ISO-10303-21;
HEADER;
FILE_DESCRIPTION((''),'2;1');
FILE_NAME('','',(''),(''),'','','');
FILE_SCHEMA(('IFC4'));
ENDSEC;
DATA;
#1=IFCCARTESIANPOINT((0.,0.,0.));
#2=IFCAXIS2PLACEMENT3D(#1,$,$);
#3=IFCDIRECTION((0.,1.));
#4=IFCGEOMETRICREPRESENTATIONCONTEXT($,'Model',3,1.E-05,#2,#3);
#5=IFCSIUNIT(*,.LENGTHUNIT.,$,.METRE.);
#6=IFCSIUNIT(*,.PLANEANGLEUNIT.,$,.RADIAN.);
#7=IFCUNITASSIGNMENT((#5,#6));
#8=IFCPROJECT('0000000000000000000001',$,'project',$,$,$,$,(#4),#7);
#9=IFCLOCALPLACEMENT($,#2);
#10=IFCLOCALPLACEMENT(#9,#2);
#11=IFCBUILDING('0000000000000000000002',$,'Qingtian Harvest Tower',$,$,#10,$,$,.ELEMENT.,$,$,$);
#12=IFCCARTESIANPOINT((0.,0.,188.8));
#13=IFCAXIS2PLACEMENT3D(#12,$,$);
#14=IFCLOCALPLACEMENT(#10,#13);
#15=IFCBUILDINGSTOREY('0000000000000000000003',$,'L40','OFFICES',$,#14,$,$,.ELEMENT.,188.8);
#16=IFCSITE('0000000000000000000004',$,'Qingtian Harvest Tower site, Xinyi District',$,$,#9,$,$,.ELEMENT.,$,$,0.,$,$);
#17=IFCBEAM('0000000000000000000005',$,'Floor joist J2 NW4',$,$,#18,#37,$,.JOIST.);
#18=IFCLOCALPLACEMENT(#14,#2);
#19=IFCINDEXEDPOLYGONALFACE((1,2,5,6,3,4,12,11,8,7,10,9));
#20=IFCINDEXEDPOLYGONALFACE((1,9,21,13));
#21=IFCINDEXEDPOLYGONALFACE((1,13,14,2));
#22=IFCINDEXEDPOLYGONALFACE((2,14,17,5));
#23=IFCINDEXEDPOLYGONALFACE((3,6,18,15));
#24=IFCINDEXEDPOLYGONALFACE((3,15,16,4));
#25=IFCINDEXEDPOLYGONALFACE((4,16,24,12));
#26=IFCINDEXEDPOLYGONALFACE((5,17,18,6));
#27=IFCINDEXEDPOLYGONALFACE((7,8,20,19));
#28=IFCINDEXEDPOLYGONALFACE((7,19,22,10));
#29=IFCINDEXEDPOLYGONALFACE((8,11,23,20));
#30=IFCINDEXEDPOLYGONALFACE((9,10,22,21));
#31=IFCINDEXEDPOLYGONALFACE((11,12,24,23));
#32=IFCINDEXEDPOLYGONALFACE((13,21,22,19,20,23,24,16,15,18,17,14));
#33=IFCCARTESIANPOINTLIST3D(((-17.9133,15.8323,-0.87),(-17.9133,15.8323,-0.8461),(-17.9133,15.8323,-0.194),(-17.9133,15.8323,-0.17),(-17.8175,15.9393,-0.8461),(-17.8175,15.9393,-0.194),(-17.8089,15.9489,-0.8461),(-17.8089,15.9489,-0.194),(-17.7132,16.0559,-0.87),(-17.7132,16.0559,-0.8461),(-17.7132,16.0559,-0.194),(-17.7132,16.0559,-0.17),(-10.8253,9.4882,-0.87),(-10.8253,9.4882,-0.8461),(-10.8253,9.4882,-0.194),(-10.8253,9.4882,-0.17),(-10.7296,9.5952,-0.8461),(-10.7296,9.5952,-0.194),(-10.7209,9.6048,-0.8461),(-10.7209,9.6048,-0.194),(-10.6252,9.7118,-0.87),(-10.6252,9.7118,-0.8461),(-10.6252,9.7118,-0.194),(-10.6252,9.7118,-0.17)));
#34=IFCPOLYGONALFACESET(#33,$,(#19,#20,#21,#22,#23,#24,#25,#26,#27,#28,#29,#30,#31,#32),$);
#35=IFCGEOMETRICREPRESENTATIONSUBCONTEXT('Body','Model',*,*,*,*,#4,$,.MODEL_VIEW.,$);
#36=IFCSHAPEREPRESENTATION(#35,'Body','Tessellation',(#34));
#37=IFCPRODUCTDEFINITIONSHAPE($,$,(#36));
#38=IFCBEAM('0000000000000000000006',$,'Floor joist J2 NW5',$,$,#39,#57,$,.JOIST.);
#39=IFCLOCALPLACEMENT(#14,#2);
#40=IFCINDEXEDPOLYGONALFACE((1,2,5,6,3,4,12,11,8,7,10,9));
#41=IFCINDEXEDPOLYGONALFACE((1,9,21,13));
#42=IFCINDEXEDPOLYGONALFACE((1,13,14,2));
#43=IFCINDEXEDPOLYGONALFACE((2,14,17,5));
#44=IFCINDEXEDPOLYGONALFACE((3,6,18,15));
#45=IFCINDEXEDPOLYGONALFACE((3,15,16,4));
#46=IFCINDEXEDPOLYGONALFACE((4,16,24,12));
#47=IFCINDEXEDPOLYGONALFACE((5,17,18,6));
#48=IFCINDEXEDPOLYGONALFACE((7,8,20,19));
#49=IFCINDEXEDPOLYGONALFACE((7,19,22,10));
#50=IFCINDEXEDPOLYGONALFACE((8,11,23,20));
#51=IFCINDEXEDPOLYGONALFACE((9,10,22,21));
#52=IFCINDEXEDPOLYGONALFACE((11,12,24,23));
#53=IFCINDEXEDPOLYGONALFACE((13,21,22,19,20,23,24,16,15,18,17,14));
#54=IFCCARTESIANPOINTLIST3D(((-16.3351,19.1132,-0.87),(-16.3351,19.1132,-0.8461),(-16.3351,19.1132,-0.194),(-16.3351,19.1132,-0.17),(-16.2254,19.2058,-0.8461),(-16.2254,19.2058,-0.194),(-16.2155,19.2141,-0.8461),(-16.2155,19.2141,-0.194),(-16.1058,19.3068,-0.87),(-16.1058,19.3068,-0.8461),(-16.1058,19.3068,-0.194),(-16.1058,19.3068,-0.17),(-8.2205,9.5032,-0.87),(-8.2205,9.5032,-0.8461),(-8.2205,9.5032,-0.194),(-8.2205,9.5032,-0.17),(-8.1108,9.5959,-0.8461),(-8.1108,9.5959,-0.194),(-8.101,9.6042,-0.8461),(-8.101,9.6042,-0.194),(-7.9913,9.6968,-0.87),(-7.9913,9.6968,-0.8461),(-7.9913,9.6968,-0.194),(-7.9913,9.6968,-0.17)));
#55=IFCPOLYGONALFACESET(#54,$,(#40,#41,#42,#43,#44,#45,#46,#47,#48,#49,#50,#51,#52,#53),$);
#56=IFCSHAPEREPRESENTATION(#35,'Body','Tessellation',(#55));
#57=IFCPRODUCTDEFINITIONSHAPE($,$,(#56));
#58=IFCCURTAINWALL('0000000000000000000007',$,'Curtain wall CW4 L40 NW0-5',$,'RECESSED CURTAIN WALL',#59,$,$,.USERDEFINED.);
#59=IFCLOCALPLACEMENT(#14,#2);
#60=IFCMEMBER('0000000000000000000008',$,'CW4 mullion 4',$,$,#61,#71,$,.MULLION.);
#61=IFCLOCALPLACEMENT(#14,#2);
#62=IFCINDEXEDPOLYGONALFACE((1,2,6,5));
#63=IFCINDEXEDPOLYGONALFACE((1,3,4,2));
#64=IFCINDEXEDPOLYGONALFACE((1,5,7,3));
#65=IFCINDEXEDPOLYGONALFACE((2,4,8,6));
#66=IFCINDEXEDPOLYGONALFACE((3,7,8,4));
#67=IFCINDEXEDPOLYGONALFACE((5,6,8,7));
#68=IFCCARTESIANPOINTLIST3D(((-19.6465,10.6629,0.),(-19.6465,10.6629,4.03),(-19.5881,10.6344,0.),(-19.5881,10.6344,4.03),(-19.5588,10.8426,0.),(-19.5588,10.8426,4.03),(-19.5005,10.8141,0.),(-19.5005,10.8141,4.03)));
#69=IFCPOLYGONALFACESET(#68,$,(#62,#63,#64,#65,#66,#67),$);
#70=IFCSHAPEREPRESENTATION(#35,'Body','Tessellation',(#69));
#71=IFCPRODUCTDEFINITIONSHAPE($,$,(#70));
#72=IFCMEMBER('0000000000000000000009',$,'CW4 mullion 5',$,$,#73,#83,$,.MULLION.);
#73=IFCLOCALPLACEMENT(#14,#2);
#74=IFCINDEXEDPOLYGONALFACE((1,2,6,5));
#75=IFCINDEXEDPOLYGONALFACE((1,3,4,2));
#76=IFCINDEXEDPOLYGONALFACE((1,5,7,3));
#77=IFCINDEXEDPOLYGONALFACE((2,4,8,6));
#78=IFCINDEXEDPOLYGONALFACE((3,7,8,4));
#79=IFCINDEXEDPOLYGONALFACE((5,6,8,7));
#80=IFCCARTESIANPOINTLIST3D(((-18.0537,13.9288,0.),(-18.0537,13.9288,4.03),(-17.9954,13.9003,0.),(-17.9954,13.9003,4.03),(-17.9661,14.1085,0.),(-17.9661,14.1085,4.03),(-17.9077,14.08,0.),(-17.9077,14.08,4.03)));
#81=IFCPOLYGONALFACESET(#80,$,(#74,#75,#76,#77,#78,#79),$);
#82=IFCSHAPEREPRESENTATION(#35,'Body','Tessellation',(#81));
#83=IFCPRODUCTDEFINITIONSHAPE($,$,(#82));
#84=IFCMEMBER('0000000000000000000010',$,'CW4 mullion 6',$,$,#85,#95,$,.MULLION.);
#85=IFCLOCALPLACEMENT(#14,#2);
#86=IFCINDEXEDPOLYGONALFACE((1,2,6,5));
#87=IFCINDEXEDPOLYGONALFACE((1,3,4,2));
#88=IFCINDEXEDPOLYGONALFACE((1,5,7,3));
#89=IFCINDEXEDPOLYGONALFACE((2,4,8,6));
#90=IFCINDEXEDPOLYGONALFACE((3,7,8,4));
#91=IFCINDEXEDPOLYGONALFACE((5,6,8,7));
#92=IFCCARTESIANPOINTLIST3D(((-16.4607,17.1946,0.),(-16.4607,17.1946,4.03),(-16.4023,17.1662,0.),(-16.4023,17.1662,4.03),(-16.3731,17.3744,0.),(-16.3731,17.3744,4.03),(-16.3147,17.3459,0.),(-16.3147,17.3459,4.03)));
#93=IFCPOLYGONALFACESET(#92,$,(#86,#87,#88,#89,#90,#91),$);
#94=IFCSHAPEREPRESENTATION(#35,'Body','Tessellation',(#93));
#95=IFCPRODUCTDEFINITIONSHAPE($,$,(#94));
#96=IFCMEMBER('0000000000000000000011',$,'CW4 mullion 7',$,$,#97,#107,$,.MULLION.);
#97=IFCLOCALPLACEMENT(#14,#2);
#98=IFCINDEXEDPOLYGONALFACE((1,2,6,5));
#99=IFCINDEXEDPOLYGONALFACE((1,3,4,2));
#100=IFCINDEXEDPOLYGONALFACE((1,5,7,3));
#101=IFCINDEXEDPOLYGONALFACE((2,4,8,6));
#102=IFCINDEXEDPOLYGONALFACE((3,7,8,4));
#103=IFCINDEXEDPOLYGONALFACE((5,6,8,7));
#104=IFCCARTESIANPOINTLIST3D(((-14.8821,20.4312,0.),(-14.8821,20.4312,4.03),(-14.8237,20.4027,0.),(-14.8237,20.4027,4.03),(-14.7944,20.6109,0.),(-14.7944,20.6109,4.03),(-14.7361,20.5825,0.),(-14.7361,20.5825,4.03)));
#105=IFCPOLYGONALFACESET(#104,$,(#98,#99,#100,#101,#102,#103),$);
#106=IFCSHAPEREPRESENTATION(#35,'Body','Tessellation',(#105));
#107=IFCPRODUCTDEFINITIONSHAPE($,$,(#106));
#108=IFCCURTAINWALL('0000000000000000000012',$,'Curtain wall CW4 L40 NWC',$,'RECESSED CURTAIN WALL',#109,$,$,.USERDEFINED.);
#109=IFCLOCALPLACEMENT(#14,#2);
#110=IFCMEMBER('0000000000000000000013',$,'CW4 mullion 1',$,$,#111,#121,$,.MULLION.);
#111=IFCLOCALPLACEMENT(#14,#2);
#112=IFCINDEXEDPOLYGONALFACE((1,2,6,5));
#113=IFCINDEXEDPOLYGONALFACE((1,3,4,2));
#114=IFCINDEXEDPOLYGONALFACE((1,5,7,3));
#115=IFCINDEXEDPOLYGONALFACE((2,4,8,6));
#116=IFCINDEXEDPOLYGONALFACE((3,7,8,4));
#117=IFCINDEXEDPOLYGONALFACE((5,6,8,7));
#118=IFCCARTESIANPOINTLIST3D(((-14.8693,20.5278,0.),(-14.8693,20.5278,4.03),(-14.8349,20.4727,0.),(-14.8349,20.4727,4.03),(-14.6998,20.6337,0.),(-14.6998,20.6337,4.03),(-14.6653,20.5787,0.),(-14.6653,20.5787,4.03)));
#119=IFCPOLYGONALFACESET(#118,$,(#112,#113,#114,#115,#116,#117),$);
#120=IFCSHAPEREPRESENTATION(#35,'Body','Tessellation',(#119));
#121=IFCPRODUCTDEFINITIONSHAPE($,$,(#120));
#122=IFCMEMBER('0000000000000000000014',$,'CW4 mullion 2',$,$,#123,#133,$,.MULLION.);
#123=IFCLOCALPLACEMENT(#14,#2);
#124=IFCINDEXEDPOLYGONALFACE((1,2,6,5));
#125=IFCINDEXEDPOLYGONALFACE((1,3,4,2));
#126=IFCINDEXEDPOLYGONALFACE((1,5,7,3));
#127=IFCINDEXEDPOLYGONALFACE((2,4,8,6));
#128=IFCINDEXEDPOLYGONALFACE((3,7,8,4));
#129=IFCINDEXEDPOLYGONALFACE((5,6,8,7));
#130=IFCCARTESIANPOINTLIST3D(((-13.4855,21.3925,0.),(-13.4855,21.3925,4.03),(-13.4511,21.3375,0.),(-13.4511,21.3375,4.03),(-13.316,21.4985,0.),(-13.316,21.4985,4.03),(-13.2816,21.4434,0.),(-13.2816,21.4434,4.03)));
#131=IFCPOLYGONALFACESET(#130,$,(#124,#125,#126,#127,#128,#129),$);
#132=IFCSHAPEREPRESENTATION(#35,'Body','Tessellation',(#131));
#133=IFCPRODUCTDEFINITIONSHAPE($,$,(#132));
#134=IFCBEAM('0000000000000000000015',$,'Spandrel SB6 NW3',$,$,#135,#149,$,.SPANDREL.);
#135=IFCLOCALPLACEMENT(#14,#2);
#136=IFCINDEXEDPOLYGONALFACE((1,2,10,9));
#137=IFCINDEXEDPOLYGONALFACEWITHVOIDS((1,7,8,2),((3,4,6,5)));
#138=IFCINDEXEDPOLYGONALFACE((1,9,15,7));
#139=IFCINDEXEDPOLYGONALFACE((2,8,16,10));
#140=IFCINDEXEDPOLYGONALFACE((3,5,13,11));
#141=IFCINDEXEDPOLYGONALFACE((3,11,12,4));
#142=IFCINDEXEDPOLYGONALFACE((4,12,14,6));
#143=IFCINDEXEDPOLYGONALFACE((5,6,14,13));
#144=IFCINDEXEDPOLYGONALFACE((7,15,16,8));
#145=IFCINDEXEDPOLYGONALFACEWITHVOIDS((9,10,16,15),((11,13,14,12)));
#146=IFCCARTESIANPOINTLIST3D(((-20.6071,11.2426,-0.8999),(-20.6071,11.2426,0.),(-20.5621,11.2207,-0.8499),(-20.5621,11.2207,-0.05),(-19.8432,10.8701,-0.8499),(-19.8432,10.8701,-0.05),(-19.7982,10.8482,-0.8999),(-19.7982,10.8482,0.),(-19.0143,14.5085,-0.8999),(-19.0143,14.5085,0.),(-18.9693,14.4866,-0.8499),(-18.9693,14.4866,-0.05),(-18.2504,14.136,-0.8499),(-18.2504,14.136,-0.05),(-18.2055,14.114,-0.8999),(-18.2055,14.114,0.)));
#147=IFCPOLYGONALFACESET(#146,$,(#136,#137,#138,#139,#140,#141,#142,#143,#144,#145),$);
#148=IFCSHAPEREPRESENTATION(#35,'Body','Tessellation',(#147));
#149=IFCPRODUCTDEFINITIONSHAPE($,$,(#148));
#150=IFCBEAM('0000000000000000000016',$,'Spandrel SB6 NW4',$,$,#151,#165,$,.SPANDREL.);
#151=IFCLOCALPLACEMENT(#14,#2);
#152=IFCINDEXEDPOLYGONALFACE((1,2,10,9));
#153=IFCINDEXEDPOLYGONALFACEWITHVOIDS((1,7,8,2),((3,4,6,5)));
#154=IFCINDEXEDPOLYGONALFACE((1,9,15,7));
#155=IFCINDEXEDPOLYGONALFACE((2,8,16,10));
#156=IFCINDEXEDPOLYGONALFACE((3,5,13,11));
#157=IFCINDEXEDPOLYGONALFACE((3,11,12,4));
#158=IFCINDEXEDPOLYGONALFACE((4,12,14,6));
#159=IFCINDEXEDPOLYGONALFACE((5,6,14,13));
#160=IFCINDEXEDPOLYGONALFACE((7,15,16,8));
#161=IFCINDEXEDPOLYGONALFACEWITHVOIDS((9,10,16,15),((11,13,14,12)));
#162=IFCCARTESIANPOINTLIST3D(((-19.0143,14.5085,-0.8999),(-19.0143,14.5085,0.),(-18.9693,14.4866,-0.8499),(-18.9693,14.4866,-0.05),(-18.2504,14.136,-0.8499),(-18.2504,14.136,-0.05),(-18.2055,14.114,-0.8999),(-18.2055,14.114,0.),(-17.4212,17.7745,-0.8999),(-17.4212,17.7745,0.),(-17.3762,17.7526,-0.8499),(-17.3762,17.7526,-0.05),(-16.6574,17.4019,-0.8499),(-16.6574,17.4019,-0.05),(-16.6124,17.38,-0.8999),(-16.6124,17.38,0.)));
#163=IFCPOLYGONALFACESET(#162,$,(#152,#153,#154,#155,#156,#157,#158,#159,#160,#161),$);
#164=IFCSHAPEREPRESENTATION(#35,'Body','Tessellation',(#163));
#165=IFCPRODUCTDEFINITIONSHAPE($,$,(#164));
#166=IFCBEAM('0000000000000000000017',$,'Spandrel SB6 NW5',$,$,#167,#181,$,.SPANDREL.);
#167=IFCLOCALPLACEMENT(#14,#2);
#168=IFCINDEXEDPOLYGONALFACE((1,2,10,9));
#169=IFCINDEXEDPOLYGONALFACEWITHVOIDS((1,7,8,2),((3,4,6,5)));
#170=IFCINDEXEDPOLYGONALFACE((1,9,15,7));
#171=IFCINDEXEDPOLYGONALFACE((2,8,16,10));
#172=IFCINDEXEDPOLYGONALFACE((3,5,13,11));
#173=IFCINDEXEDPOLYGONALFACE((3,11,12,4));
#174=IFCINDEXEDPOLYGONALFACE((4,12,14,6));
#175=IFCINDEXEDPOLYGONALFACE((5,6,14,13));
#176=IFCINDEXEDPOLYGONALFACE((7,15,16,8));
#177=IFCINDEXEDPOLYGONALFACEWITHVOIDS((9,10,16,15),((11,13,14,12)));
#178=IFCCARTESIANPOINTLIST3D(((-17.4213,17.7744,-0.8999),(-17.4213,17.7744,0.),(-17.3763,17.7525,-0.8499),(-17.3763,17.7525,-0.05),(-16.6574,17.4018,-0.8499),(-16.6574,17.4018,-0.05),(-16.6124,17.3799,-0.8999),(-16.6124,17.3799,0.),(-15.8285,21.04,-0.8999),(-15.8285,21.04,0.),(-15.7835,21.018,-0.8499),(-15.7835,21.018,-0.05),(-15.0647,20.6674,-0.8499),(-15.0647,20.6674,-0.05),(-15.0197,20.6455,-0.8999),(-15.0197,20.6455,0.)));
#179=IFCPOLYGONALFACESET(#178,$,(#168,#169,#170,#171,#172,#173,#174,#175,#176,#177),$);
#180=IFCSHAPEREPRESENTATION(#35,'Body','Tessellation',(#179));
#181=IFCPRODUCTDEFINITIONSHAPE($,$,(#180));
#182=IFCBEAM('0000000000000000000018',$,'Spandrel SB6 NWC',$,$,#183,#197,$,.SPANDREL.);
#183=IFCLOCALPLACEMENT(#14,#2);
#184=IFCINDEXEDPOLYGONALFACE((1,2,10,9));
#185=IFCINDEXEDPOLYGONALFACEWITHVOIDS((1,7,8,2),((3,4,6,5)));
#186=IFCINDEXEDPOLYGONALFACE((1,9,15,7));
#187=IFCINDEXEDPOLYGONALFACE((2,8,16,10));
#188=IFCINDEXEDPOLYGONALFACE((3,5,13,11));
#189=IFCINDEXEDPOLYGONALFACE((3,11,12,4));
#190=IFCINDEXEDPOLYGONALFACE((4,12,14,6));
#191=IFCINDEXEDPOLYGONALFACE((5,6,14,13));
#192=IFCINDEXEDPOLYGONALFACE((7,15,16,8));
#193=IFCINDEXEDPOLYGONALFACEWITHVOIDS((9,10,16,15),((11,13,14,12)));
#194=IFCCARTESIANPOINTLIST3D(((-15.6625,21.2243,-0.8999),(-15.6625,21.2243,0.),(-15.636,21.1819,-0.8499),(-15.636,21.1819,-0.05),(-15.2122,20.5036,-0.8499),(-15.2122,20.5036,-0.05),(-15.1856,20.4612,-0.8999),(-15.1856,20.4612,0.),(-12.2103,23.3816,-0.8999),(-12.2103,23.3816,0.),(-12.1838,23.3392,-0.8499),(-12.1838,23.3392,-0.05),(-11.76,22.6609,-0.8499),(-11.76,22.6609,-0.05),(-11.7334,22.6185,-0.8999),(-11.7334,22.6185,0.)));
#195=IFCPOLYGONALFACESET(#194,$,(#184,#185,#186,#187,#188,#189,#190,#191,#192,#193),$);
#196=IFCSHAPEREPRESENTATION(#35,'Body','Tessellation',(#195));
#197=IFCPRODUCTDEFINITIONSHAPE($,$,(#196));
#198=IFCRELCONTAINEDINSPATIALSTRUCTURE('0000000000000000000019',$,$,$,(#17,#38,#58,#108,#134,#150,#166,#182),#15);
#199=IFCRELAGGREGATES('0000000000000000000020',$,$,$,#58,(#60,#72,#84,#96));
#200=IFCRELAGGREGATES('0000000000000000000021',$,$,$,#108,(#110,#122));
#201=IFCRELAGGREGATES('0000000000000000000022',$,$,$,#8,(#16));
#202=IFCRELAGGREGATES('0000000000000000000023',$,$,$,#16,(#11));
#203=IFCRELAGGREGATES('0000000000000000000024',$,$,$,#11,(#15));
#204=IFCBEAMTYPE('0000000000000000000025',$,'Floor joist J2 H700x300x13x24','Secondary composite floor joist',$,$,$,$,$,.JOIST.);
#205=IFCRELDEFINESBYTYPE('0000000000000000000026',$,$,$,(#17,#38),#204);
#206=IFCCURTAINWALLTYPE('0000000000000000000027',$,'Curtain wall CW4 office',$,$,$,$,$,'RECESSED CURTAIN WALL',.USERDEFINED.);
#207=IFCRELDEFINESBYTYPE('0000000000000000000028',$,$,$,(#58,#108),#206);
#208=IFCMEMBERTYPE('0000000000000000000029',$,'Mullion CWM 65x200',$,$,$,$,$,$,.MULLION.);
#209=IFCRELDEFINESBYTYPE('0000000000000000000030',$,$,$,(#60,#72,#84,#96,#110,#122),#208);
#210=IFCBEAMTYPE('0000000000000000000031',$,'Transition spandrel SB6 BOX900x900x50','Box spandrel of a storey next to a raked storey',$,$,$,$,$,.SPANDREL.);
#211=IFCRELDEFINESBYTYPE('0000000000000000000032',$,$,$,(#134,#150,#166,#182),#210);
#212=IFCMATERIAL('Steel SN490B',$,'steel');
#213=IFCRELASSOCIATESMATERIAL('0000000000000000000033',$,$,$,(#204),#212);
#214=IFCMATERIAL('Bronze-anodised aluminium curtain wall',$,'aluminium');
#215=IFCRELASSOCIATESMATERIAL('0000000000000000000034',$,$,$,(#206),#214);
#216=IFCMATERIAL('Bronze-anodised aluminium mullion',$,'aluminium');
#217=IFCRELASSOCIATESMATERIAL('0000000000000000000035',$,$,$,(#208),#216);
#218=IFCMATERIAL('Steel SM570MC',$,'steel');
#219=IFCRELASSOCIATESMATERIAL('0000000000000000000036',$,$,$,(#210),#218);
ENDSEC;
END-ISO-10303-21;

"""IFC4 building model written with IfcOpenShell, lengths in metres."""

from ifc_helpers import new_model, si_unit, direction, frame, origin, origin_2d, place, context, subcontext, project, spatial, rectangle, hollow_rectangle, i_section, extrude, material, material_profile, profile_set, type_object, element, aggregate, save


model = new_model("IFC4")

# Units and contexts
model_context = context("Model", 3, precision=1e-05, world=origin(), true_north=direction((0.0, 1.0)))
body_context = subcontext(model_context, "Body", "Model", "MODEL_VIEW")
ifc_project = project(units=[si_unit("LENGTHUNIT", "METRE"), si_unit("PLANEANGLEUNIT", "RADIAN")], contexts=[model_context])

# Site, building, storey
site_placement = place(None, origin())
site = spatial("IfcSite", under=ifc_project, at=site_placement, Name="Qingtian Harvest Tower site, Xinyi District", CompositionType="ELEMENT", RefElevation=0.0)
building_placement = place(site_placement, origin())
building = spatial("IfcBuilding", under=site, at=building_placement, Name="Qingtian Harvest Tower", CompositionType="ELEMENT")
storey_placement = place(building_placement, frame((0.0, 0.0, 188.8)))
storey = spatial("IfcBuildingStorey", under=building, at=storey_placement, Name="L40", Description="OFFICES", CompositionType="ELEMENT", Elevation=188.8)

# Beams
ifc_material_1 = material(Name="Steel SN490B", Category="steel")
ifc_material_profile_1 = material_profile(ifc_material_1, i_section(OverallWidth=0.3, OverallDepth=0.7, WebThickness=0.0129, FlangeThickness=0.0239, at=origin_2d()), Name="H700x300x13x24")
ifc_profile_set_1 = profile_set([ifc_material_profile_1], Name="Steel SN490B")
beam_type_1 = type_object("IfcBeamType", Name="Floor joist J2 H700x300x13x24", Description="Secondary composite floor joist", PredefinedType="JOIST", material=ifc_profile_set_1)
beam_1_placement = place(storey_placement, frame((-17.8132, 15.9441, -0.52), z_axis=(0.745127, -0.666923, 0.0), x_axis=(0.666923, 0.745127, 0.0)))
element("IfcBeam", 1, at=beam_1_placement, inside=storey, type_object=beam_type_1, Name="Floor joist J2 NW4", PredefinedType="JOIST", context=body_context, shape_type="SweptSolid", body=[
    extrude(i_section(OverallWidth=0.3, OverallDepth=0.7, WebThickness=0.0129, FlangeThickness=0.0239, at=origin_2d()), origin(), (0.0, 0.0, 1.0), 9.5125),
])
beam_2_placement = place(storey_placement, frame((-16.2205, 19.21, -0.52), z_axis=(0.645158, -0.764049, 0.0), x_axis=(0.764049, 0.645158, 0.0)))
element("IfcBeam", 2, at=beam_2_placement, inside=storey, type_object=beam_type_1, Name="Floor joist J2 NW5", PredefinedType="JOIST", context=body_context, shape_type="SweptSolid", body=[
    extrude(i_section(OverallWidth=0.3, OverallDepth=0.7, WebThickness=0.0129, FlangeThickness=0.0239, at=origin_2d()), origin(), (0.0, 0.0, 1.0), 12.5776),
])

# Curtain walls, members
ifc_material_2 = material(Name="Bronze-anodised aluminium curtain wall", Category="aluminium")
curtain_wall_type = type_object("IfcCurtainWallType", Name="Curtain wall CW4 office", ElementType="RECESSED CURTAIN WALL", PredefinedType="USERDEFINED", material=ifc_material_2)
curtain_wall_1_placement = place(storey_placement, origin())
curtain_wall_1 = element("IfcCurtainWall", 3, at=curtain_wall_1_placement, inside=storey, type_object=curtain_wall_type, Name="Curtain wall CW4 L40 NW0-5", ObjectType="RECESSED CURTAIN WALL", PredefinedType="USERDEFINED")
ifc_material_3 = material(Name="Bronze-anodised aluminium mullion", Category="aluminium")
ifc_material_profile_2 = material_profile(ifc_material_3, rectangle(XDim=0.0649, YDim=0.2, at=origin_2d()), Name="AL 65x200")
ifc_profile_set_2 = profile_set([ifc_material_profile_2], Name="Bronze-anodised aluminium mullion")
member_type_1 = type_object("IfcMemberType", Name="Mullion CWM 65x200", PredefinedType="MULLION", material=ifc_profile_set_2)
member_1_placement = place(storey_placement, frame((-19.5735, 10.7385, 0.0), z_axis=(0.0, 0.0, 1.0), x_axis=(-0.898794, 0.438371, 0.0)))
member_1 = element("IfcMember", 4, at=member_1_placement, type_object=member_type_1, Name="CW4 mullion 4", PredefinedType="MULLION", context=body_context, shape_type="SweptSolid", body=[
    extrude(rectangle(XDim=0.0649, YDim=0.2, at=origin_2d()), origin(), (0.0, 0.0, 1.0), 4.03),
])
member_2_placement = place(storey_placement, frame((-17.9807, 14.0044, 0.0), z_axis=(0.0, 0.0, 1.0), x_axis=(-0.898794, 0.438371, 0.0)))
member_2 = element("IfcMember", 5, at=member_2_placement, type_object=member_type_1, Name="CW4 mullion 5", PredefinedType="MULLION", context=body_context, shape_type="SweptSolid", body=[
    extrude(rectangle(XDim=0.0649, YDim=0.2, at=origin_2d()), origin(), (0.0, 0.0, 1.0), 4.03),
])
member_3_placement = place(storey_placement, frame((-16.3877, 17.2703, 0.0), z_axis=(0.0, 0.0, 1.0), x_axis=(-0.898794, 0.438371, 0.0)))
member_3 = element("IfcMember", 6, at=member_3_placement, type_object=member_type_1, Name="CW4 mullion 6", PredefinedType="MULLION", context=body_context, shape_type="SweptSolid", body=[
    extrude(rectangle(XDim=0.0649, YDim=0.2, at=origin_2d()), origin(), (0.0, 0.0, 1.0), 4.03),
])
member_4_placement = place(storey_placement, frame((-14.8091, 20.5068, 0.0), z_axis=(0.0, 0.0, 1.0), x_axis=(-0.898794, 0.438371, 0.0)))
member_4 = element("IfcMember", 7, at=member_4_placement, type_object=member_type_1, Name="CW4 mullion 7", PredefinedType="MULLION", context=body_context, shape_type="SweptSolid", body=[
    extrude(rectangle(XDim=0.0649, YDim=0.2, at=origin_2d()), origin(), (0.0, 0.0, 1.0), 4.03),
])
curtain_wall_2_placement = place(storey_placement, origin())
curtain_wall_2 = element("IfcCurtainWall", 8, at=curtain_wall_2_placement, inside=storey, type_object=curtain_wall_type, Name="Curtain wall CW4 L40 NWC", ObjectType="RECESSED CURTAIN WALL", PredefinedType="USERDEFINED")
member_5_placement = place(storey_placement, frame((-14.7673, 20.5532, 0.0), z_axis=(0.0, 0.0, 1.0), x_axis=(-0.529919, 0.848048, 0.0)))
member_5 = element("IfcMember", 9, at=member_5_placement, type_object=member_type_1, Name="CW4 mullion 1", PredefinedType="MULLION", context=body_context, shape_type="SweptSolid", body=[
    extrude(rectangle(XDim=0.0649, YDim=0.2, at=origin_2d()), origin(), (0.0, 0.0, 1.0), 4.03),
])
member_6_placement = place(storey_placement, frame((-13.3835, 21.418, 0.0), z_axis=(0.0, 0.0, 1.0), x_axis=(-0.529919, 0.848048, 0.0)))
member_6 = element("IfcMember", 10, at=member_6_placement, type_object=member_type_1, Name="CW4 mullion 2", PredefinedType="MULLION", context=body_context, shape_type="SweptSolid", body=[
    extrude(rectangle(XDim=0.0649, YDim=0.2, at=origin_2d()), origin(), (0.0, 0.0, 1.0), 4.03),
])

# Beams
ifc_material_4 = material(Name="Steel SM570MC", Category="steel")
ifc_material_profile_3 = material_profile(ifc_material_4, hollow_rectangle(XDim=0.8999, YDim=0.8999, WallThickness=0.05, at=origin_2d()), Name="BOX900x900x50")
ifc_profile_set_3 = profile_set([ifc_material_profile_3], Name="Steel SM570MC")
beam_type_2 = type_object("IfcBeamType", Name="Transition spandrel SB6 BOX900x900x50", Description="Box spandrel of a storey next to a raked storey", PredefinedType="SPANDREL", material=ifc_profile_set_3)
beam_3_placement = place(storey_placement, frame((-20.2026, 11.0454, -0.45), z_axis=(0.438349, 0.898805, 0.0), x_axis=(-0.898805, 0.438349, 0.0)))
element("IfcBeam", 11, at=beam_3_placement, inside=storey, type_object=beam_type_2, Name="Spandrel SB6 NW3", PredefinedType="SPANDREL", context=body_context, shape_type="SweptSolid", body=[
    extrude(hollow_rectangle(XDim=0.8999, YDim=0.8999, WallThickness=0.05, at=origin_2d()), origin(), (0.0, 0.0, 1.0), 3.6335),
])
beam_4_placement = place(storey_placement, frame((-18.6099, 14.3113, -0.45), z_axis=(0.438404, 0.898778, 0.0), x_axis=(-0.898778, 0.438404, 0.0)))
element("IfcBeam", 12, at=beam_4_placement, inside=storey, type_object=beam_type_2, Name="Spandrel SB6 NW4", PredefinedType="SPANDREL", context=body_context, shape_type="SweptSolid", body=[
    extrude(hollow_rectangle(XDim=0.8999, YDim=0.8999, WallThickness=0.05, at=origin_2d()), origin(), (0.0, 0.0, 1.0), 3.6338),
])
beam_5_placement = place(storey_placement, frame((-17.0168, 17.5771, -0.45), z_axis=(0.438376, 0.898792, 0.0), x_axis=(-0.898792, 0.438376, 0.0)))
element("IfcBeam", 13, at=beam_5_placement, inside=storey, type_object=beam_type_2, Name="Spandrel SB6 NW5", PredefinedType="SPANDREL", context=body_context, shape_type="SweptSolid", body=[
    extrude(hollow_rectangle(XDim=0.8999, YDim=0.8999, WallThickness=0.05, at=origin_2d()), origin(), (0.0, 0.0, 1.0), 3.6333),
])
beam_6_placement = place(storey_placement, frame((-15.4241, 20.8428, -0.45), z_axis=(0.848039, 0.529934, 0.0), x_axis=(-0.529934, 0.848039, 0.0)))
element("IfcBeam", 14, at=beam_6_placement, inside=storey, type_object=beam_type_2, Name="Spandrel SB6 NWC", PredefinedType="SPANDREL", context=body_context, shape_type="SweptSolid", body=[
    extrude(hollow_rectangle(XDim=0.8999, YDim=0.8999, WallThickness=0.05, at=origin_2d()), origin(), (0.0, 0.0, 1.0), 4.0708),
])

aggregate(curtain_wall_1, [member_1, member_2, member_3, member_4])
aggregate(curtain_wall_2, [member_5, member_6])

save(model, "model.ifc")
